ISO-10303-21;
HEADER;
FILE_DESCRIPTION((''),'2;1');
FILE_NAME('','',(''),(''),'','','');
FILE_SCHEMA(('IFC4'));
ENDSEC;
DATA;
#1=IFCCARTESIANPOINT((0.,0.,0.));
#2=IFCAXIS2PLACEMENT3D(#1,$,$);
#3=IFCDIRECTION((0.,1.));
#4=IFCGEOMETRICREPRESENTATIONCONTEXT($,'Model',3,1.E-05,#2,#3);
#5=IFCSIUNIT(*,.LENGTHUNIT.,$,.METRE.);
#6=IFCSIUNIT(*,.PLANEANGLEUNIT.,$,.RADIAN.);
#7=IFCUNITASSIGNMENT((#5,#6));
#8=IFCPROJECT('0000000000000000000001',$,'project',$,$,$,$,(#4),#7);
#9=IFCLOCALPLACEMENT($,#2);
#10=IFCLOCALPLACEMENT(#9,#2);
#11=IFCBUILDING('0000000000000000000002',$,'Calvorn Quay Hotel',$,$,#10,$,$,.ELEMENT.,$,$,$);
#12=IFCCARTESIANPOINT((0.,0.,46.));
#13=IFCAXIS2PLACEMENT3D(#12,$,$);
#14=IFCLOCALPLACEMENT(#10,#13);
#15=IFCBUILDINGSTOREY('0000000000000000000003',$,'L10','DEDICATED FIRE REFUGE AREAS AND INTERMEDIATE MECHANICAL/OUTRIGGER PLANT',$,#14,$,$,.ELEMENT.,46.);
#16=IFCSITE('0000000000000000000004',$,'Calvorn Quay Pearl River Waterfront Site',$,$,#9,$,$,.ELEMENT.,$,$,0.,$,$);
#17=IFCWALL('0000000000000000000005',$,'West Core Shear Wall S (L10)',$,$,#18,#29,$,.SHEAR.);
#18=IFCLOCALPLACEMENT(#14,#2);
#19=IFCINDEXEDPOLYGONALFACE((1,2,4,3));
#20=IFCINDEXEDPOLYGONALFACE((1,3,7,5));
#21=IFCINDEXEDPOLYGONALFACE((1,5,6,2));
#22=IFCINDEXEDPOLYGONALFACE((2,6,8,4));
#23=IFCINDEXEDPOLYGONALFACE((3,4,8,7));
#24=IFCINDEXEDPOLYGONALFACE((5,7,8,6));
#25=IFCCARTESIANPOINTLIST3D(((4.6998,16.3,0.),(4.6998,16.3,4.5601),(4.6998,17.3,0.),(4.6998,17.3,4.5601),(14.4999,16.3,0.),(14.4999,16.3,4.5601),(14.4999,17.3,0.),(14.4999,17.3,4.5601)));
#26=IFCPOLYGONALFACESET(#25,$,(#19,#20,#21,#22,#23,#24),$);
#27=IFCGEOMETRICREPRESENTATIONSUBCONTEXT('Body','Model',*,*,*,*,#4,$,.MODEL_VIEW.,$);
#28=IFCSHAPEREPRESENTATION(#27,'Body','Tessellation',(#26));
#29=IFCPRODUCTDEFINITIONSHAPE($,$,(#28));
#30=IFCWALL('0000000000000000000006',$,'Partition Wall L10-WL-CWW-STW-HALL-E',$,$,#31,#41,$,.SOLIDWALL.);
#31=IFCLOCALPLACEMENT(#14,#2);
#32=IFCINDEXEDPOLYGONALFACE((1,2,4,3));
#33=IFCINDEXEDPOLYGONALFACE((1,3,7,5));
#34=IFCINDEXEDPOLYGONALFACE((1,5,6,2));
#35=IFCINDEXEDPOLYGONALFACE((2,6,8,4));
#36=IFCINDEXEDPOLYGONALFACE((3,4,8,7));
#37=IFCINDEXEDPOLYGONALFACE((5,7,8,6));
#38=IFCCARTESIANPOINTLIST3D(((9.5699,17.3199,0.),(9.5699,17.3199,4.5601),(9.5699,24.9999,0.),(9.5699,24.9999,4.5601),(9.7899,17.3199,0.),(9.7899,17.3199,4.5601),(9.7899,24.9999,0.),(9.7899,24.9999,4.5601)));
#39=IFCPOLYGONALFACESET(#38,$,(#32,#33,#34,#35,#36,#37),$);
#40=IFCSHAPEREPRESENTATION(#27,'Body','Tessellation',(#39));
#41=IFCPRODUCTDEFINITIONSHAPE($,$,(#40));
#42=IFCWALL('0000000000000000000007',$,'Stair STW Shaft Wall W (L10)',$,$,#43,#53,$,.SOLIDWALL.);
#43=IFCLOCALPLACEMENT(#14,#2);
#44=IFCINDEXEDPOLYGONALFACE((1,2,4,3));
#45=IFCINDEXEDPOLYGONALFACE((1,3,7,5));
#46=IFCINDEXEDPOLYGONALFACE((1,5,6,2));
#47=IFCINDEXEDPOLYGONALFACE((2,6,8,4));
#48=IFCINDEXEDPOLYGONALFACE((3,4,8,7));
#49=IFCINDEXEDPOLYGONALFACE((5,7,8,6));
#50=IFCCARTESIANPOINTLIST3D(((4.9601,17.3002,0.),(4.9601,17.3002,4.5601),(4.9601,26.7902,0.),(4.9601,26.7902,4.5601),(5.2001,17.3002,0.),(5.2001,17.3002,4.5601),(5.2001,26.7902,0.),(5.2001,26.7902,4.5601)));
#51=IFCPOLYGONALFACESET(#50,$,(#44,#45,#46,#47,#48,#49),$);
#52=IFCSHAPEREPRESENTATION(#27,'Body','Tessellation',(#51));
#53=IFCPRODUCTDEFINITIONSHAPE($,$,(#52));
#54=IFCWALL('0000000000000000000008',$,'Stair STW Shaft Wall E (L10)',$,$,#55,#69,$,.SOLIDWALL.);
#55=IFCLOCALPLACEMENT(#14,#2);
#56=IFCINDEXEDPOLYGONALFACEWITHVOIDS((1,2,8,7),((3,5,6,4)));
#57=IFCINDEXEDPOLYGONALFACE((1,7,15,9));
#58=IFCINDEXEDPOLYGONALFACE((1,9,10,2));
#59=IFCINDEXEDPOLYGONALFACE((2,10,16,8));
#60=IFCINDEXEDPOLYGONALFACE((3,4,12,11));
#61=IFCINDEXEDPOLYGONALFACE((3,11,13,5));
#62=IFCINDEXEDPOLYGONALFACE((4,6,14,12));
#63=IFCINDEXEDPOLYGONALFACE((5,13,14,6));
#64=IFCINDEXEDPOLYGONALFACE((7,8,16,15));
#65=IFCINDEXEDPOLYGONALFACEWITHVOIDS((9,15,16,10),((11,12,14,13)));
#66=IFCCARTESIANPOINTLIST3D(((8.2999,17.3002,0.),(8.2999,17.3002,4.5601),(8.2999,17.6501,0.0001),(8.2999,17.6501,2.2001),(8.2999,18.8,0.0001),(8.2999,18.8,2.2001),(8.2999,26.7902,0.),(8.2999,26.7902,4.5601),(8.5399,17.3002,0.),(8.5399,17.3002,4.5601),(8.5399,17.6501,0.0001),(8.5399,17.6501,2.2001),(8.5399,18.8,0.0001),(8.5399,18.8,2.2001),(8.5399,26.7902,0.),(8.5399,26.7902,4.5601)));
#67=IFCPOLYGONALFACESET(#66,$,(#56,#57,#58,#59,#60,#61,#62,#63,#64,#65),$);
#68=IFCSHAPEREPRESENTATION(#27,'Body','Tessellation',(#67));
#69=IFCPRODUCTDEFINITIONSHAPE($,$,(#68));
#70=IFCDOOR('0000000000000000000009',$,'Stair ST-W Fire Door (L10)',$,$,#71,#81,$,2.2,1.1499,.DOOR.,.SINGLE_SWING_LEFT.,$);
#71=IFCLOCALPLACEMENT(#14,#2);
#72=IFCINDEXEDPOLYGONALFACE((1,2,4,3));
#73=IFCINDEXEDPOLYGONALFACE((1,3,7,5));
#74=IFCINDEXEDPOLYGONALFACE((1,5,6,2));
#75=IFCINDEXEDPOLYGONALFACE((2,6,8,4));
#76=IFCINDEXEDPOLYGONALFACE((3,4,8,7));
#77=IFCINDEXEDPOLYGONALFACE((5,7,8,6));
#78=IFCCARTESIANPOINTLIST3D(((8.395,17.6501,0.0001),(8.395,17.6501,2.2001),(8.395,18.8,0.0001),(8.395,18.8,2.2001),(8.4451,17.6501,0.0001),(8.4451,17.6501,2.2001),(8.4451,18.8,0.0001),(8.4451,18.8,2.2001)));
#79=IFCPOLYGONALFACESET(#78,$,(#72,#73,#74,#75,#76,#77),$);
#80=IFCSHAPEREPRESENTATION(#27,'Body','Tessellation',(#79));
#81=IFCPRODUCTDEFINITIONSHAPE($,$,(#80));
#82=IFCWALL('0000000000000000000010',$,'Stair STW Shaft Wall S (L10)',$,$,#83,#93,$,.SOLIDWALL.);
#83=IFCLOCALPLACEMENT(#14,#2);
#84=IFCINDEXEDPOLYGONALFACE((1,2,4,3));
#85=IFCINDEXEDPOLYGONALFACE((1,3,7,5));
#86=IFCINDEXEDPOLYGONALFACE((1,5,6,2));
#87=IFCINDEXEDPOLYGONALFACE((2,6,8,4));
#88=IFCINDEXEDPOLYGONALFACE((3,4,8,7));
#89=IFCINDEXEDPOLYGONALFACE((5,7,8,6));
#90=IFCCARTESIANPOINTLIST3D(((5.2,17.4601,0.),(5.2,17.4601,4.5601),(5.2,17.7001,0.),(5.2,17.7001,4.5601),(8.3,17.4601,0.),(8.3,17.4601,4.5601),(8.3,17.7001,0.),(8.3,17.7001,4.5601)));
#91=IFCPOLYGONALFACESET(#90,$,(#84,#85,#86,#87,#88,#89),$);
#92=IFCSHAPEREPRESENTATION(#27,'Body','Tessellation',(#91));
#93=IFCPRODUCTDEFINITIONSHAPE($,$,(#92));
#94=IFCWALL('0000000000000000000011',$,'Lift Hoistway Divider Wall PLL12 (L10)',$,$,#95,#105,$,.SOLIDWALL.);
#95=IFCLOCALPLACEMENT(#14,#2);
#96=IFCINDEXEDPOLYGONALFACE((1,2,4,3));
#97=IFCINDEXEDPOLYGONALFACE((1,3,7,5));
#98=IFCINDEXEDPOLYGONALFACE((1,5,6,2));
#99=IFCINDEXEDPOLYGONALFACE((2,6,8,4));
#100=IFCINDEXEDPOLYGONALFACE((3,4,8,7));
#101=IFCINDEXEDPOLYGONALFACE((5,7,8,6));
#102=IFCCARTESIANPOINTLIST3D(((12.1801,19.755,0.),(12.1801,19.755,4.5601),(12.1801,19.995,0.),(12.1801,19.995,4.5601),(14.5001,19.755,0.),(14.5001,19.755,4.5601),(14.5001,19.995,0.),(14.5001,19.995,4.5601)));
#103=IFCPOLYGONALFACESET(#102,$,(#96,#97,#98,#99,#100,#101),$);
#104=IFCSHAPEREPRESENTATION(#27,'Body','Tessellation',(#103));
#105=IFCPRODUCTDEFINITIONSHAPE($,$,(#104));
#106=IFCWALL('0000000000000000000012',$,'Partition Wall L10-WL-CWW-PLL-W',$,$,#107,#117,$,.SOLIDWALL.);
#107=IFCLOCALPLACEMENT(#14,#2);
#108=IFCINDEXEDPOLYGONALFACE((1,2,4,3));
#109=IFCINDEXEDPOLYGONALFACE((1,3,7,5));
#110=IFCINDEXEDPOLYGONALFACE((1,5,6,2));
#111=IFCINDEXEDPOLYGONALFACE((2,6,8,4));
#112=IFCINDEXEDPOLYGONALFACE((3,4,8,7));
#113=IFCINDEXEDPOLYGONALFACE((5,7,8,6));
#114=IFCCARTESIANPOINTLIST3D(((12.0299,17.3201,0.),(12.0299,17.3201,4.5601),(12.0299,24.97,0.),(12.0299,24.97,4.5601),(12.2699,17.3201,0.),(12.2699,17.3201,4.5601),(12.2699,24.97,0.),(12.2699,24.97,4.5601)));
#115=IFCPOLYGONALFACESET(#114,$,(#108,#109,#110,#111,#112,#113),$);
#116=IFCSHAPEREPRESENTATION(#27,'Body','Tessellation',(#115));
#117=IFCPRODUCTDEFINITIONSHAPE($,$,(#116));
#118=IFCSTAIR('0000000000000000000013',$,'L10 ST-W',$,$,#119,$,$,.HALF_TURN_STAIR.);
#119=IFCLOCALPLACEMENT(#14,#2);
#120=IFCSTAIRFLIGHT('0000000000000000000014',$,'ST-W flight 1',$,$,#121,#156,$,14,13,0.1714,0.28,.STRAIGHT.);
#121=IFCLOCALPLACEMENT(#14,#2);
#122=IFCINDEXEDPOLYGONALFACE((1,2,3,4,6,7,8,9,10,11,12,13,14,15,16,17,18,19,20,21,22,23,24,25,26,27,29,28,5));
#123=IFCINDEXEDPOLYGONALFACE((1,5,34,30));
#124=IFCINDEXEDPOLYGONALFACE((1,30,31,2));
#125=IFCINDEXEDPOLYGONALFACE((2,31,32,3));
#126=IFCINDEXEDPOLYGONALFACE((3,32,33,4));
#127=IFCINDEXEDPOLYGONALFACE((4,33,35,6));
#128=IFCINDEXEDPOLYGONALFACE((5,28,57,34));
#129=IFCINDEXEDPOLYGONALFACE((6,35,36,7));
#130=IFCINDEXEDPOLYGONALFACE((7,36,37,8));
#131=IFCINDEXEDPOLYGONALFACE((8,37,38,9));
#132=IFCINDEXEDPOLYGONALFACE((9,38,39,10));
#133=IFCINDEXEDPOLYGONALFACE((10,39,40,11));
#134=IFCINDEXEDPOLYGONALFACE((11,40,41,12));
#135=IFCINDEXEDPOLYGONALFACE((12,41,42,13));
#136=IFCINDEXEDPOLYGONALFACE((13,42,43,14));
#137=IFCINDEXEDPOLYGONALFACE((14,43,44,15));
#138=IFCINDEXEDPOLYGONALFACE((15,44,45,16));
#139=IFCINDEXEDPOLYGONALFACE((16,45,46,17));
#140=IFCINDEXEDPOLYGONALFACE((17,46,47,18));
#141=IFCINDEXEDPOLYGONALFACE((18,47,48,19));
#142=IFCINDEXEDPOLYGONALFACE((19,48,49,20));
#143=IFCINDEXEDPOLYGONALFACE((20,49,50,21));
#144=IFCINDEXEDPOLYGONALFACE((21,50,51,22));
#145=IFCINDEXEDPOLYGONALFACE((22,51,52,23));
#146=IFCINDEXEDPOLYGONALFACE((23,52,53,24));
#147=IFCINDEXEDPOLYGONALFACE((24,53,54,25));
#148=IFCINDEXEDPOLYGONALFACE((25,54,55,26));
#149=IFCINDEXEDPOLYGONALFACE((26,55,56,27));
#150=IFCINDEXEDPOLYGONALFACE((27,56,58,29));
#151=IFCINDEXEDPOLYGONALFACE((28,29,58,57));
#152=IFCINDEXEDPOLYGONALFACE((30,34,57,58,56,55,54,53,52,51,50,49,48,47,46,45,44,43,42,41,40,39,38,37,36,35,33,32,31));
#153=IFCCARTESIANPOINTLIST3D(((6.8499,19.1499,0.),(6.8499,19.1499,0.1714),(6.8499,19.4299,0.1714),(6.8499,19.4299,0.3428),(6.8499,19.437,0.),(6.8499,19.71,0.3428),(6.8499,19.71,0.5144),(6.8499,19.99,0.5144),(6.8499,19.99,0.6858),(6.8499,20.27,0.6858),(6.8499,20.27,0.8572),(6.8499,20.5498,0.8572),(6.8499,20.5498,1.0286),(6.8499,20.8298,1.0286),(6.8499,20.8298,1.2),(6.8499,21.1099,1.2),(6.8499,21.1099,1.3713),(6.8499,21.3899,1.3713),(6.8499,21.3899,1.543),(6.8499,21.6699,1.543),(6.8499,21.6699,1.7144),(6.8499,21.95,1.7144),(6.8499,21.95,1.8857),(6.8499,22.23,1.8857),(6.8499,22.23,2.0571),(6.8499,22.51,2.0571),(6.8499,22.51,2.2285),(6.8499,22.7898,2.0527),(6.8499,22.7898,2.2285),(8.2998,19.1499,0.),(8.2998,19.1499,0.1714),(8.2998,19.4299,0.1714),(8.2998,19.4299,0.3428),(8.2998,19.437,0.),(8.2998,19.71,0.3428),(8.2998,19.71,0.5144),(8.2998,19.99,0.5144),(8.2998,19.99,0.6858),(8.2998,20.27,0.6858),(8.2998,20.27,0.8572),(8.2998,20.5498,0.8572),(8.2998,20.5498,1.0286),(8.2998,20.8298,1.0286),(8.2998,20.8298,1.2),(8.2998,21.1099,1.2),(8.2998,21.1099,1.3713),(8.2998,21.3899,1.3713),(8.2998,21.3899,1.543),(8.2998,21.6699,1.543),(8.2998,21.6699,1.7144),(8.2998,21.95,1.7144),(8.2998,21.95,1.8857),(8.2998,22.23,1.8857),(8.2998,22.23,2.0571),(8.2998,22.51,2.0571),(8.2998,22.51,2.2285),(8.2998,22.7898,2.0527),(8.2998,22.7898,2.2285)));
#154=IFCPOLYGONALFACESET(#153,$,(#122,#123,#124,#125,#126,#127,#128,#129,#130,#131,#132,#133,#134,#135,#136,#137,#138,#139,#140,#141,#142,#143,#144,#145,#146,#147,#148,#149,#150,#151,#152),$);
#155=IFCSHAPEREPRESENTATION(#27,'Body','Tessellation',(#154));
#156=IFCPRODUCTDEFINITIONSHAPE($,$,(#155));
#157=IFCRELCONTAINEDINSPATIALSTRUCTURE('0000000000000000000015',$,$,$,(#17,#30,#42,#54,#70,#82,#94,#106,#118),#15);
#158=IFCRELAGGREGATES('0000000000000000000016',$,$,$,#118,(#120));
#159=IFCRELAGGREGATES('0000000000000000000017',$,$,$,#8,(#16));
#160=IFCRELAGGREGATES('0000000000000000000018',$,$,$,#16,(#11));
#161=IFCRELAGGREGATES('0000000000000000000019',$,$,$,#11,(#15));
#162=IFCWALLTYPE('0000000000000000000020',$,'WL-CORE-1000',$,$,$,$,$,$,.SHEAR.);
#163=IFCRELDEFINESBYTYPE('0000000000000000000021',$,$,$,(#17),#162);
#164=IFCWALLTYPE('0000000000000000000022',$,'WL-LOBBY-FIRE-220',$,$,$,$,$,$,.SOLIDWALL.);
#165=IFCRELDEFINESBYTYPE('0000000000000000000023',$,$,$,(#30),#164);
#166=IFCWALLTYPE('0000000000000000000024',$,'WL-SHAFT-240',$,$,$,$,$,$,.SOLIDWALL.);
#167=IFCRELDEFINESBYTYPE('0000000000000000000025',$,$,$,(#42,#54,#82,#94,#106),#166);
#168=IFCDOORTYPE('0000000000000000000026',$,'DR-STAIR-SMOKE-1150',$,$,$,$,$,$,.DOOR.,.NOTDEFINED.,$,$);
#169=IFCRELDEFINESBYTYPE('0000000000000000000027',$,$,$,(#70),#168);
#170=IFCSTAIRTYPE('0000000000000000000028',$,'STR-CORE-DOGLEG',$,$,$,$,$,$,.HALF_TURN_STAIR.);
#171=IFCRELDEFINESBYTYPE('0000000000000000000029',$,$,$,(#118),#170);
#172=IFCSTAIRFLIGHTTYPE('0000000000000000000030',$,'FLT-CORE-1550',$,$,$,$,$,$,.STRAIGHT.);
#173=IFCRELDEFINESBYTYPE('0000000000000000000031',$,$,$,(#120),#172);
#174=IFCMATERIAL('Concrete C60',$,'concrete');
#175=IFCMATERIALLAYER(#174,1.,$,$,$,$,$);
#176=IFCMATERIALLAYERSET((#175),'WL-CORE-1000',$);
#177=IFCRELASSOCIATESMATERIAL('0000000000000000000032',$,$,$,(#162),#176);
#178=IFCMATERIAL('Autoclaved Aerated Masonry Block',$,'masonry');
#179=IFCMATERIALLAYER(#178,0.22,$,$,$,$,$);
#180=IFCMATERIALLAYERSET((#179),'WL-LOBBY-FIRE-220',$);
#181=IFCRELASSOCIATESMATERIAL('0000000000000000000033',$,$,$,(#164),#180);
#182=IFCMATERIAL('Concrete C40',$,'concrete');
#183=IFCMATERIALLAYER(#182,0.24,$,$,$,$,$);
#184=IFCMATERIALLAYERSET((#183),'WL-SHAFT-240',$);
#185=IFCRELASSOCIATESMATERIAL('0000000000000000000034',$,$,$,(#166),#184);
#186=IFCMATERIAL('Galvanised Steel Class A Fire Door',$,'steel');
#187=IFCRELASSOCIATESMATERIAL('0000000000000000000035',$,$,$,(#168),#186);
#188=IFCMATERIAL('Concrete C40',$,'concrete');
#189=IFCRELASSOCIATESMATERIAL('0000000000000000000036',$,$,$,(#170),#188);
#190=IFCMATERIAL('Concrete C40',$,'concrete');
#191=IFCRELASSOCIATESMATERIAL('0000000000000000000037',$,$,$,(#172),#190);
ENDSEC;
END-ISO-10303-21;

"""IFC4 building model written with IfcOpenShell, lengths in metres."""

from ifc_helpers import new_model, si_unit, direction, frame, frame_2d, origin, place, context, subcontext, project, spatial, polyline, rectangle, outline, extrude, material, layer, layer_set, type_object, element, fill, aggregate, save


model = new_model("IFC4")

# Units and contexts
model_context = context("Model", 3, precision=1e-05, world=origin(), true_north=direction((0.0, 1.0)))
body_context = subcontext(model_context, "Body", "Model", "MODEL_VIEW")
ifc_project = project(units=[si_unit("LENGTHUNIT", "METRE"), si_unit("PLANEANGLEUNIT", "RADIAN")], contexts=[model_context])

# Site, building, storey
site_placement = place(None, origin())
site = spatial("IfcSite", under=ifc_project, at=site_placement, Name="Calvorn Quay Pearl River Waterfront Site", CompositionType="ELEMENT", RefElevation=0.0)
building_placement = place(site_placement, origin())
building = spatial("IfcBuilding", under=site, at=building_placement, Name="Calvorn Quay Hotel", CompositionType="ELEMENT")
storey_placement = place(building_placement, frame((0.0, 0.0, 46.0)))
storey = spatial("IfcBuildingStorey", under=building, at=storey_placement, Name="L10", Description="DEDICATED FIRE REFUGE AREAS AND INTERMEDIATE MECHANICAL/OUTRIGGER PLANT", CompositionType="ELEMENT", Elevation=46.0)

# Shared definitions
ifc_material_1 = material(Name="Concrete C60", Category="concrete")
ifc_layer_1 = layer(ifc_material_1, 1.0)
ifc_layer_set_1 = layer_set([ifc_layer_1], Name="WL-CORE-1000")
wall_type_1 = type_object("IfcWallType", Name="WL-CORE-1000", PredefinedType="SHEAR", material=ifc_layer_set_1)

# Wall
wall_1_placement = place(storey_placement, frame((4.7, 16.8, 0.0), z_axis=(0.0, 0.0, 1.0), x_axis=(1.0, 0.0, 0.0)))
element("IfcWall", 1, at=wall_1_placement, inside=storey, type_object=wall_type_1, Name="West Core Shear Wall S (L10)", PredefinedType="SHEAR", context=body_context, shape_type="SweptSolid", body=[
    extrude(rectangle(XDim=9.8, YDim=1.0, at=frame_2d((4.8999, 0.0))), origin(), (0.0, 0.0, 1.0), 4.5601),
])

# Walls
ifc_material_2 = material(Name="Autoclaved Aerated Masonry Block", Category="masonry")
ifc_layer_2 = layer(ifc_material_2, 0.22)
ifc_layer_set_2 = layer_set([ifc_layer_2], Name="WL-LOBBY-FIRE-220")
wall_type_2 = type_object("IfcWallType", Name="WL-LOBBY-FIRE-220", PredefinedType="SOLIDWALL", material=ifc_layer_set_2)
wall_2_placement = place(storey_placement, frame((9.6799, 17.3201, 0.0), z_axis=(0.0, 0.0, 1.0), x_axis=(0.0, 1.0, 0.0)))
element("IfcWall", 2, at=wall_2_placement, inside=storey, type_object=wall_type_2, Name="Partition Wall L10-WL-CWW-STW-HALL-E", PredefinedType="SOLIDWALL", context=body_context, shape_type="SweptSolid", body=[
    extrude(rectangle(XDim=7.6799, YDim=0.22, at=frame_2d((3.8398, 0.0))), origin(), (0.0, 0.0, 1.0), 4.5601),
])
ifc_material_3 = material(Name="Concrete C40", Category="concrete")
ifc_layer_3 = layer(ifc_material_3, 0.24)
ifc_layer_set_3 = layer_set([ifc_layer_3], Name="WL-SHAFT-240")
wall_type_3 = type_object("IfcWallType", Name="WL-SHAFT-240", PredefinedType="SOLIDWALL", material=ifc_layer_set_3)
wall_3_placement = place(storey_placement, frame((5.0801, 17.3, 0.0), z_axis=(0.0, 0.0, 1.0), x_axis=(0.0, 1.0, 0.0)))
element("IfcWall", 3, at=wall_3_placement, inside=storey, type_object=wall_type_3, Name="Stair STW Shaft Wall W (L10)", PredefinedType="SOLIDWALL", context=body_context, shape_type="SweptSolid", body=[
    extrude(rectangle(XDim=9.49, YDim=0.24, at=frame_2d((4.7451, 0.0))), origin(), (0.0, 0.0, 1.0), 4.5601),
])

# Wall, opening, door
wall_4_placement = place(storey_placement, frame((8.4199, 17.3, 0.0), z_axis=(0.0, 0.0, 1.0), x_axis=(0.0, 1.0, 0.0)))
wall_4 = element("IfcWall", 4, at=wall_4_placement, inside=storey, type_object=wall_type_3, Name="Stair STW Shaft Wall E (L10)", PredefinedType="SOLIDWALL", context=body_context, shape_type="SweptSolid", body=[
    extrude(rectangle(XDim=9.49, YDim=0.24, at=frame_2d((4.7451, 0.0))), origin(), (0.0, 0.0, 1.0), 4.5601),
])
opening_1_placement = place(wall_4_placement, frame((0.3501, 0.0, 0.0)))
opening_1 = element("IfcOpeningElement", 5, at=opening_1_placement, cuts=wall_4, PredefinedType="OPENING", context=body_context, shape_type="SweptSolid", body=[
    extrude(rectangle(XDim=1.1499, YDim=2.2, at=frame_2d((0.575, 1.1001))), frame((0.0, 0.1299, 0.0), z_axis=(0.0, -1.0, 0.0), x_axis=(1.0, 0.0, 0.0)), (0.0, 0.0, 1.0), 0.26),
])
ifc_material_4 = material(Name="Galvanised Steel Class A Fire Door", Category="steel")
door_type_1 = type_object("IfcDoorType", Name="DR-STAIR-SMOKE-1150", OperationType="NOTDEFINED", PredefinedType="DOOR", material=ifc_material_4)
door_1_placement = place(opening_1_placement, origin())
door_1 = element("IfcDoor", 6, at=door_1_placement, inside=storey, type_object=door_type_1, Name="Stair ST-W Fire Door (L10)", OperationType="SINGLE_SWING_LEFT", OverallHeight=2.2, OverallWidth=1.1499, PredefinedType="DOOR", context=body_context, shape_type="SweptSolid", body=[
    extrude(rectangle(XDim=1.1499, YDim=2.2, at=frame_2d((0.575, 1.1001))), frame((0.0, 0.0249, 0.0), z_axis=(0.0, -1.0, 0.0), x_axis=(1.0, 0.0, 0.0)), (0.0, 0.0, 1.0), 0.05),
])
fill(opening_1, door_1)

# Walls
wall_5_placement = place(storey_placement, frame((5.2, 17.5801, 0.0), z_axis=(0.0, 0.0, 1.0), x_axis=(1.0, 0.0, 0.0)))
element("IfcWall", 7, at=wall_5_placement, inside=storey, type_object=wall_type_3, Name="Stair STW Shaft Wall S (L10)", PredefinedType="SOLIDWALL", context=body_context, shape_type="SweptSolid", body=[
    extrude(rectangle(XDim=3.1001, YDim=0.24, at=frame_2d((1.55, 0.0))), origin(), (0.0, 0.0, 1.0), 4.5601),
])
wall_6_placement = place(storey_placement, frame((12.1799, 19.875, 0.0), z_axis=(0.0, 0.0, 1.0), x_axis=(1.0, 0.0, 0.0)))
element("IfcWall", 8, at=wall_6_placement, inside=storey, type_object=wall_type_3, Name="Lift Hoistway Divider Wall PLL12 (L10)", PredefinedType="SOLIDWALL", context=body_context, shape_type="SweptSolid", body=[
    extrude(rectangle(XDim=2.3201, YDim=0.24, at=frame_2d((1.1602, 0.0))), origin(), (0.0, 0.0, 1.0), 4.5601),
])
wall_7_placement = place(storey_placement, frame((12.1499, 17.3201, 0.0), z_axis=(0.0, 0.0, 1.0), x_axis=(0.0, 1.0, 0.0)))
element("IfcWall", 9, at=wall_7_placement, inside=storey, type_object=wall_type_3, Name="Partition Wall L10-WL-CWW-PLL-W", PredefinedType="SOLIDWALL", context=body_context, shape_type="SweptSolid", body=[
    extrude(rectangle(XDim=7.6499, YDim=0.24, at=frame_2d((3.825, 0.0))), origin(), (0.0, 0.0, 1.0), 4.5601),
])

# Stair, stair flight
ifc_material_5 = material(Name="Concrete C40", Category="concrete")
stair_type = type_object("IfcStairType", Name="STR-CORE-DOGLEG", PredefinedType="HALF_TURN_STAIR", material=ifc_material_5)
stair_placement = place(storey_placement, origin())
stair = element("IfcStair", 10, at=stair_placement, inside=storey, type_object=stair_type, Name="L10 ST-W", PredefinedType="HALF_TURN_STAIR")
ifc_material_6 = material(Name="Concrete C40", Category="concrete")
stair_flight_type = type_object("IfcStairFlightType", Name="FLT-CORE-1550", PredefinedType="STRAIGHT", material=ifc_material_6)
stair_flight_placement = place(storey_placement, frame((7.575, 19.1499, 0.0), z_axis=(0.0, 0.0, 1.0), x_axis=(0.0, 1.0, 0.0)))
stair_flight = element("IfcStairFlight", 11, at=stair_flight_placement, type_object=stair_flight_type, Name="ST-W flight 1", NumberOfRisers=14, NumberOfTreads=13, PredefinedType="STRAIGHT", RiserHeight=0.1714, TreadLength=0.28, context=body_context, shape_type="SweptSolid", body=[
    extrude(outline(polyline([(0.0, 0.0), (0.0, 0.1714), (0.28, 0.1714), (0.28, 0.3428), (0.5601, 0.3428), (0.5601, 0.5144), (0.8401, 0.5144), (0.8401, 0.6858), (1.1201, 0.6858), (1.1201, 0.8572), (1.3999, 0.8572), (1.3999, 1.0286), (1.6799, 1.0286), (1.6799, 1.2), (1.96, 1.2), (1.96, 1.3713), (2.24, 1.3713), (2.24, 1.543), (2.52, 1.543), (2.52, 1.7144), (2.8, 1.7144), (2.8, 1.8857), (3.0801, 1.8857), (3.0801, 2.0571), (3.3601, 2.0571), (3.3601, 2.2285), (3.6399, 2.2285), (3.6399, 2.3999), (3.6399, 2.0527), (0.2871, 0.0), (0.0, 0.0)])), frame((0.0, 0.7251, 0.0), z_axis=(0.0, -1.0, 0.0), x_axis=(1.0, 0.0, 0.0)), (0.0, 0.0, 1.0), 1.45),
])
aggregate(stair, [stair_flight])

save(model, "model.ifc")
